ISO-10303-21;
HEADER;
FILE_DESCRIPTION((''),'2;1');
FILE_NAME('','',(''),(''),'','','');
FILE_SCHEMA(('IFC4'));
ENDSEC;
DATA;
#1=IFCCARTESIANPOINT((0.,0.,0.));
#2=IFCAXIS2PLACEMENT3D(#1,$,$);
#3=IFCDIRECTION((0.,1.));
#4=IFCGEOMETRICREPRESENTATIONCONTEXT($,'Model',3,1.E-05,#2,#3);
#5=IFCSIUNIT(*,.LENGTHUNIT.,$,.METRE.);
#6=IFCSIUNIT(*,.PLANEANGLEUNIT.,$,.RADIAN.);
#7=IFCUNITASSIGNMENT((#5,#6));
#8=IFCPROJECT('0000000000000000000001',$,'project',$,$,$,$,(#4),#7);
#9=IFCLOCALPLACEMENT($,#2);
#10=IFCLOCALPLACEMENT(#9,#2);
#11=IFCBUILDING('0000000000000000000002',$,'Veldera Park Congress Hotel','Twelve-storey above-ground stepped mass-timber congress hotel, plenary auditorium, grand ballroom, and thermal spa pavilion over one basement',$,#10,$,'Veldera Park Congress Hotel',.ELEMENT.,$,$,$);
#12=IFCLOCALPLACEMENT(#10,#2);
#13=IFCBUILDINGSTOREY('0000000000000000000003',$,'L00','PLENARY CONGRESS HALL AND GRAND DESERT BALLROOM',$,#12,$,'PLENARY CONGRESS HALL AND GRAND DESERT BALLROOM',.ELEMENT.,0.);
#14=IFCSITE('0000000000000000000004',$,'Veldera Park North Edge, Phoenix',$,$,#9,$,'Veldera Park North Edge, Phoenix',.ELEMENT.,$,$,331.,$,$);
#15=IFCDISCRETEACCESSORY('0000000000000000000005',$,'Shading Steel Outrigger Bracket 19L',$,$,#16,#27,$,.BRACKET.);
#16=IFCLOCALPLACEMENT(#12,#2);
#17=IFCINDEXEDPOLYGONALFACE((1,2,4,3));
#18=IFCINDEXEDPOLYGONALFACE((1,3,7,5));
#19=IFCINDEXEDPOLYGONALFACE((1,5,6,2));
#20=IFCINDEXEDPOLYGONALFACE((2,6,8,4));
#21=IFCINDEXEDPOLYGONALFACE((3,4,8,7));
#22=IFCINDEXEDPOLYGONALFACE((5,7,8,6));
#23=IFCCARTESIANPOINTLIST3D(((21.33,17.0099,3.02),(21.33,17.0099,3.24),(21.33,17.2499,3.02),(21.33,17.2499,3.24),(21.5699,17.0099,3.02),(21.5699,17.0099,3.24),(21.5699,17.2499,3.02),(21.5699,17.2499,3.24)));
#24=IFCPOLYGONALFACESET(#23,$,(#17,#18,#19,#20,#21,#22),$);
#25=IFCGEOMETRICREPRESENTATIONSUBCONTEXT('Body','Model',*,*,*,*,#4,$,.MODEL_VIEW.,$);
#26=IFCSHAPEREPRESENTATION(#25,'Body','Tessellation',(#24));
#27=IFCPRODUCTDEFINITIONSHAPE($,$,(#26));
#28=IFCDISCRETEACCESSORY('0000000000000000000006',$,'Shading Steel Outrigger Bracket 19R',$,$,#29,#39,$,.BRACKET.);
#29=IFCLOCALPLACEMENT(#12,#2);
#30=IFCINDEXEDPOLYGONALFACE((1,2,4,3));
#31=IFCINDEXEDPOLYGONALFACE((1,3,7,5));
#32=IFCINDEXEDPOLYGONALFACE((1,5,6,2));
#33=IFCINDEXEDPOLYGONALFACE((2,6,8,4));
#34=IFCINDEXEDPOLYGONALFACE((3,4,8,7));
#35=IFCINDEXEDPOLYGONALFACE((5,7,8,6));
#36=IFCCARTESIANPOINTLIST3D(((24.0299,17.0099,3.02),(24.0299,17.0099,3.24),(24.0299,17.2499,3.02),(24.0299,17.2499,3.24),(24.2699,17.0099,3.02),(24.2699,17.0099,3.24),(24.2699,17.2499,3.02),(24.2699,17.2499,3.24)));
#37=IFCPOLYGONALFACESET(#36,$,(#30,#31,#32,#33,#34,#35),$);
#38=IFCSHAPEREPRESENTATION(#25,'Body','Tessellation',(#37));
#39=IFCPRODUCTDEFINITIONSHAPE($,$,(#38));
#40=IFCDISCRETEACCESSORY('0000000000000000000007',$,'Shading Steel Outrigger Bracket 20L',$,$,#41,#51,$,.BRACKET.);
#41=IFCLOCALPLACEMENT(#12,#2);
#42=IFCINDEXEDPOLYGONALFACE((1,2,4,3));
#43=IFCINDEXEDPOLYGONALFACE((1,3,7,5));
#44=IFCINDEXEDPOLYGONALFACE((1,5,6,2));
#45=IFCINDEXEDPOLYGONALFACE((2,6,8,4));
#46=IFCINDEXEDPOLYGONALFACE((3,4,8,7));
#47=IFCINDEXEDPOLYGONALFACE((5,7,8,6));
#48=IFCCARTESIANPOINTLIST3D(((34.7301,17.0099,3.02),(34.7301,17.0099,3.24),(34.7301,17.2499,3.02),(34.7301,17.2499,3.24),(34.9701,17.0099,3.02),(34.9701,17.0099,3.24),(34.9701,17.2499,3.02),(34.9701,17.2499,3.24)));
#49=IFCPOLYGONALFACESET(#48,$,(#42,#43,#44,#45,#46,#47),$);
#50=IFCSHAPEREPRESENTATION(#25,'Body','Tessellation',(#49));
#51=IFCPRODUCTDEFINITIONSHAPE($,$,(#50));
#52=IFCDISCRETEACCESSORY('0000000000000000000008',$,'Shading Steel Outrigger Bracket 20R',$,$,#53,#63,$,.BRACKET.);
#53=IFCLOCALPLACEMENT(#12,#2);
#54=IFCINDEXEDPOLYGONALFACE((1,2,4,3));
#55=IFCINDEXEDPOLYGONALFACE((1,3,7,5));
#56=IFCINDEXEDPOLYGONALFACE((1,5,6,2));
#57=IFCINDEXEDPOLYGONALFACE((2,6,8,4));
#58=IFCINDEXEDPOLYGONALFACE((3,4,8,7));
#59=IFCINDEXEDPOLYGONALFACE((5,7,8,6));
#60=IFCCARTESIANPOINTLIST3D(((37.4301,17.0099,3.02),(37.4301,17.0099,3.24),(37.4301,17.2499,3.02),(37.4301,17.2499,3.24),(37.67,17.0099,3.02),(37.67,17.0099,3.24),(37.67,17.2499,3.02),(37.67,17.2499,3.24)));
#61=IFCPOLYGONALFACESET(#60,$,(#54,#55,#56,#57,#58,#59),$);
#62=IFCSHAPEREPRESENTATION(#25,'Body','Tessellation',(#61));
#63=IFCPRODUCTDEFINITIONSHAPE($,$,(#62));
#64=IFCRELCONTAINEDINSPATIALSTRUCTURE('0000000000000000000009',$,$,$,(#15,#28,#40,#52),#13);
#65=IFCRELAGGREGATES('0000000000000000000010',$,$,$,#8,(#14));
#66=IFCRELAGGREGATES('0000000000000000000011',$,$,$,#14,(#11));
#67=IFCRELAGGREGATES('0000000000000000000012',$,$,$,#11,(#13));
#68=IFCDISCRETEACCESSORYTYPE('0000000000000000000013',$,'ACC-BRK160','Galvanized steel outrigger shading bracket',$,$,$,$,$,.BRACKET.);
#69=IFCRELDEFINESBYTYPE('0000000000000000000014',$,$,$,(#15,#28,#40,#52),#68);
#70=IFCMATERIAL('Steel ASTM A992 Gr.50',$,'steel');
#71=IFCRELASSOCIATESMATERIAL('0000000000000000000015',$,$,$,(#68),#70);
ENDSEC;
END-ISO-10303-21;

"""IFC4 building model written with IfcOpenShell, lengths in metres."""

from ifc_helpers import new_model, si_unit, direction, frame, origin, origin_2d, place, context, subcontext, project, spatial, rectangle, extrude, material, type_object, element, save


model = new_model("IFC4")

# Units and contexts
model_context = context("Model", 3, precision=1e-05, world=origin(), true_north=direction((0.0, 1.0)))
body_context = subcontext(model_context, "Body", "Model", "MODEL_VIEW")
ifc_project = project(units=[si_unit("LENGTHUNIT", "METRE"), si_unit("PLANEANGLEUNIT", "RADIAN")], contexts=[model_context])

# Site, building, storey
site_placement = place(None, origin())
site = spatial("IfcSite", under=ifc_project, at=site_placement, Name="Veldera Park North Edge, Phoenix", LongName="Veldera Park North Edge, Phoenix", CompositionType="ELEMENT", RefElevation=331.0)
building_placement = place(site_placement, origin())
building = spatial("IfcBuilding", under=site, at=building_placement, Name="Veldera Park Congress Hotel", Description="Twelve-storey above-ground stepped mass-timber congress hotel, plenary auditorium, grand ballroom, and thermal spa pavilion over one basement", LongName="Veldera Park Congress Hotel", CompositionType="ELEMENT")
storey_placement = place(building_placement, origin())
storey = spatial("IfcBuildingStorey", under=building, at=storey_placement, Name="L00", Description="PLENARY CONGRESS HALL AND GRAND DESERT BALLROOM", LongName="PLENARY CONGRESS HALL AND GRAND DESERT BALLROOM", CompositionType="ELEMENT", Elevation=0.0)

# Shared definitions
ifc_material_1 = material(Name="Steel ASTM A992 Gr.50", Category="steel")

# Discrete accessories
discrete_accessory_type = type_object("IfcDiscreteAccessoryType", Name="ACC-BRK160", Description="Galvanized steel outrigger shading bracket", PredefinedType="BRACKET", material=ifc_material_1)
for number, where, z_axis, x_axis, name in (
    (1, (21.45, 17.1299, 3.02), (0.0, 0.0, 1.0), (1.0, 0.0, 0.0), "Shading Steel Outrigger Bracket 19L"),
    (2, (24.1499, 17.1299, 3.02), (0.0, 0.0, 1.0), (1.0, 0.0, 0.0), "Shading Steel Outrigger Bracket 19R"),
    (3, (34.8501, 17.1299, 3.02), (0.0, 0.0, 1.0), (1.0, 0.0, 0.0), "Shading Steel Outrigger Bracket 20L"),
    (4, (37.55, 17.1299, 3.02), (0.0, 0.0, 1.0), (1.0, 0.0, 0.0), "Shading Steel Outrigger Bracket 20R"),
):
    element("IfcDiscreteAccessory", number, at=place(storey_placement, frame(where, z_axis=z_axis, x_axis=x_axis)), inside=storey, type_object=discrete_accessory_type, Name=name, PredefinedType="BRACKET", context=body_context, shape_type="SweptSolid", body=[
        extrude(rectangle(XDim=0.24, YDim=0.24, at=origin_2d()), origin(), (0.0, 0.0, 1.0), 0.22),
    ])

save(model, "model.ifc")
